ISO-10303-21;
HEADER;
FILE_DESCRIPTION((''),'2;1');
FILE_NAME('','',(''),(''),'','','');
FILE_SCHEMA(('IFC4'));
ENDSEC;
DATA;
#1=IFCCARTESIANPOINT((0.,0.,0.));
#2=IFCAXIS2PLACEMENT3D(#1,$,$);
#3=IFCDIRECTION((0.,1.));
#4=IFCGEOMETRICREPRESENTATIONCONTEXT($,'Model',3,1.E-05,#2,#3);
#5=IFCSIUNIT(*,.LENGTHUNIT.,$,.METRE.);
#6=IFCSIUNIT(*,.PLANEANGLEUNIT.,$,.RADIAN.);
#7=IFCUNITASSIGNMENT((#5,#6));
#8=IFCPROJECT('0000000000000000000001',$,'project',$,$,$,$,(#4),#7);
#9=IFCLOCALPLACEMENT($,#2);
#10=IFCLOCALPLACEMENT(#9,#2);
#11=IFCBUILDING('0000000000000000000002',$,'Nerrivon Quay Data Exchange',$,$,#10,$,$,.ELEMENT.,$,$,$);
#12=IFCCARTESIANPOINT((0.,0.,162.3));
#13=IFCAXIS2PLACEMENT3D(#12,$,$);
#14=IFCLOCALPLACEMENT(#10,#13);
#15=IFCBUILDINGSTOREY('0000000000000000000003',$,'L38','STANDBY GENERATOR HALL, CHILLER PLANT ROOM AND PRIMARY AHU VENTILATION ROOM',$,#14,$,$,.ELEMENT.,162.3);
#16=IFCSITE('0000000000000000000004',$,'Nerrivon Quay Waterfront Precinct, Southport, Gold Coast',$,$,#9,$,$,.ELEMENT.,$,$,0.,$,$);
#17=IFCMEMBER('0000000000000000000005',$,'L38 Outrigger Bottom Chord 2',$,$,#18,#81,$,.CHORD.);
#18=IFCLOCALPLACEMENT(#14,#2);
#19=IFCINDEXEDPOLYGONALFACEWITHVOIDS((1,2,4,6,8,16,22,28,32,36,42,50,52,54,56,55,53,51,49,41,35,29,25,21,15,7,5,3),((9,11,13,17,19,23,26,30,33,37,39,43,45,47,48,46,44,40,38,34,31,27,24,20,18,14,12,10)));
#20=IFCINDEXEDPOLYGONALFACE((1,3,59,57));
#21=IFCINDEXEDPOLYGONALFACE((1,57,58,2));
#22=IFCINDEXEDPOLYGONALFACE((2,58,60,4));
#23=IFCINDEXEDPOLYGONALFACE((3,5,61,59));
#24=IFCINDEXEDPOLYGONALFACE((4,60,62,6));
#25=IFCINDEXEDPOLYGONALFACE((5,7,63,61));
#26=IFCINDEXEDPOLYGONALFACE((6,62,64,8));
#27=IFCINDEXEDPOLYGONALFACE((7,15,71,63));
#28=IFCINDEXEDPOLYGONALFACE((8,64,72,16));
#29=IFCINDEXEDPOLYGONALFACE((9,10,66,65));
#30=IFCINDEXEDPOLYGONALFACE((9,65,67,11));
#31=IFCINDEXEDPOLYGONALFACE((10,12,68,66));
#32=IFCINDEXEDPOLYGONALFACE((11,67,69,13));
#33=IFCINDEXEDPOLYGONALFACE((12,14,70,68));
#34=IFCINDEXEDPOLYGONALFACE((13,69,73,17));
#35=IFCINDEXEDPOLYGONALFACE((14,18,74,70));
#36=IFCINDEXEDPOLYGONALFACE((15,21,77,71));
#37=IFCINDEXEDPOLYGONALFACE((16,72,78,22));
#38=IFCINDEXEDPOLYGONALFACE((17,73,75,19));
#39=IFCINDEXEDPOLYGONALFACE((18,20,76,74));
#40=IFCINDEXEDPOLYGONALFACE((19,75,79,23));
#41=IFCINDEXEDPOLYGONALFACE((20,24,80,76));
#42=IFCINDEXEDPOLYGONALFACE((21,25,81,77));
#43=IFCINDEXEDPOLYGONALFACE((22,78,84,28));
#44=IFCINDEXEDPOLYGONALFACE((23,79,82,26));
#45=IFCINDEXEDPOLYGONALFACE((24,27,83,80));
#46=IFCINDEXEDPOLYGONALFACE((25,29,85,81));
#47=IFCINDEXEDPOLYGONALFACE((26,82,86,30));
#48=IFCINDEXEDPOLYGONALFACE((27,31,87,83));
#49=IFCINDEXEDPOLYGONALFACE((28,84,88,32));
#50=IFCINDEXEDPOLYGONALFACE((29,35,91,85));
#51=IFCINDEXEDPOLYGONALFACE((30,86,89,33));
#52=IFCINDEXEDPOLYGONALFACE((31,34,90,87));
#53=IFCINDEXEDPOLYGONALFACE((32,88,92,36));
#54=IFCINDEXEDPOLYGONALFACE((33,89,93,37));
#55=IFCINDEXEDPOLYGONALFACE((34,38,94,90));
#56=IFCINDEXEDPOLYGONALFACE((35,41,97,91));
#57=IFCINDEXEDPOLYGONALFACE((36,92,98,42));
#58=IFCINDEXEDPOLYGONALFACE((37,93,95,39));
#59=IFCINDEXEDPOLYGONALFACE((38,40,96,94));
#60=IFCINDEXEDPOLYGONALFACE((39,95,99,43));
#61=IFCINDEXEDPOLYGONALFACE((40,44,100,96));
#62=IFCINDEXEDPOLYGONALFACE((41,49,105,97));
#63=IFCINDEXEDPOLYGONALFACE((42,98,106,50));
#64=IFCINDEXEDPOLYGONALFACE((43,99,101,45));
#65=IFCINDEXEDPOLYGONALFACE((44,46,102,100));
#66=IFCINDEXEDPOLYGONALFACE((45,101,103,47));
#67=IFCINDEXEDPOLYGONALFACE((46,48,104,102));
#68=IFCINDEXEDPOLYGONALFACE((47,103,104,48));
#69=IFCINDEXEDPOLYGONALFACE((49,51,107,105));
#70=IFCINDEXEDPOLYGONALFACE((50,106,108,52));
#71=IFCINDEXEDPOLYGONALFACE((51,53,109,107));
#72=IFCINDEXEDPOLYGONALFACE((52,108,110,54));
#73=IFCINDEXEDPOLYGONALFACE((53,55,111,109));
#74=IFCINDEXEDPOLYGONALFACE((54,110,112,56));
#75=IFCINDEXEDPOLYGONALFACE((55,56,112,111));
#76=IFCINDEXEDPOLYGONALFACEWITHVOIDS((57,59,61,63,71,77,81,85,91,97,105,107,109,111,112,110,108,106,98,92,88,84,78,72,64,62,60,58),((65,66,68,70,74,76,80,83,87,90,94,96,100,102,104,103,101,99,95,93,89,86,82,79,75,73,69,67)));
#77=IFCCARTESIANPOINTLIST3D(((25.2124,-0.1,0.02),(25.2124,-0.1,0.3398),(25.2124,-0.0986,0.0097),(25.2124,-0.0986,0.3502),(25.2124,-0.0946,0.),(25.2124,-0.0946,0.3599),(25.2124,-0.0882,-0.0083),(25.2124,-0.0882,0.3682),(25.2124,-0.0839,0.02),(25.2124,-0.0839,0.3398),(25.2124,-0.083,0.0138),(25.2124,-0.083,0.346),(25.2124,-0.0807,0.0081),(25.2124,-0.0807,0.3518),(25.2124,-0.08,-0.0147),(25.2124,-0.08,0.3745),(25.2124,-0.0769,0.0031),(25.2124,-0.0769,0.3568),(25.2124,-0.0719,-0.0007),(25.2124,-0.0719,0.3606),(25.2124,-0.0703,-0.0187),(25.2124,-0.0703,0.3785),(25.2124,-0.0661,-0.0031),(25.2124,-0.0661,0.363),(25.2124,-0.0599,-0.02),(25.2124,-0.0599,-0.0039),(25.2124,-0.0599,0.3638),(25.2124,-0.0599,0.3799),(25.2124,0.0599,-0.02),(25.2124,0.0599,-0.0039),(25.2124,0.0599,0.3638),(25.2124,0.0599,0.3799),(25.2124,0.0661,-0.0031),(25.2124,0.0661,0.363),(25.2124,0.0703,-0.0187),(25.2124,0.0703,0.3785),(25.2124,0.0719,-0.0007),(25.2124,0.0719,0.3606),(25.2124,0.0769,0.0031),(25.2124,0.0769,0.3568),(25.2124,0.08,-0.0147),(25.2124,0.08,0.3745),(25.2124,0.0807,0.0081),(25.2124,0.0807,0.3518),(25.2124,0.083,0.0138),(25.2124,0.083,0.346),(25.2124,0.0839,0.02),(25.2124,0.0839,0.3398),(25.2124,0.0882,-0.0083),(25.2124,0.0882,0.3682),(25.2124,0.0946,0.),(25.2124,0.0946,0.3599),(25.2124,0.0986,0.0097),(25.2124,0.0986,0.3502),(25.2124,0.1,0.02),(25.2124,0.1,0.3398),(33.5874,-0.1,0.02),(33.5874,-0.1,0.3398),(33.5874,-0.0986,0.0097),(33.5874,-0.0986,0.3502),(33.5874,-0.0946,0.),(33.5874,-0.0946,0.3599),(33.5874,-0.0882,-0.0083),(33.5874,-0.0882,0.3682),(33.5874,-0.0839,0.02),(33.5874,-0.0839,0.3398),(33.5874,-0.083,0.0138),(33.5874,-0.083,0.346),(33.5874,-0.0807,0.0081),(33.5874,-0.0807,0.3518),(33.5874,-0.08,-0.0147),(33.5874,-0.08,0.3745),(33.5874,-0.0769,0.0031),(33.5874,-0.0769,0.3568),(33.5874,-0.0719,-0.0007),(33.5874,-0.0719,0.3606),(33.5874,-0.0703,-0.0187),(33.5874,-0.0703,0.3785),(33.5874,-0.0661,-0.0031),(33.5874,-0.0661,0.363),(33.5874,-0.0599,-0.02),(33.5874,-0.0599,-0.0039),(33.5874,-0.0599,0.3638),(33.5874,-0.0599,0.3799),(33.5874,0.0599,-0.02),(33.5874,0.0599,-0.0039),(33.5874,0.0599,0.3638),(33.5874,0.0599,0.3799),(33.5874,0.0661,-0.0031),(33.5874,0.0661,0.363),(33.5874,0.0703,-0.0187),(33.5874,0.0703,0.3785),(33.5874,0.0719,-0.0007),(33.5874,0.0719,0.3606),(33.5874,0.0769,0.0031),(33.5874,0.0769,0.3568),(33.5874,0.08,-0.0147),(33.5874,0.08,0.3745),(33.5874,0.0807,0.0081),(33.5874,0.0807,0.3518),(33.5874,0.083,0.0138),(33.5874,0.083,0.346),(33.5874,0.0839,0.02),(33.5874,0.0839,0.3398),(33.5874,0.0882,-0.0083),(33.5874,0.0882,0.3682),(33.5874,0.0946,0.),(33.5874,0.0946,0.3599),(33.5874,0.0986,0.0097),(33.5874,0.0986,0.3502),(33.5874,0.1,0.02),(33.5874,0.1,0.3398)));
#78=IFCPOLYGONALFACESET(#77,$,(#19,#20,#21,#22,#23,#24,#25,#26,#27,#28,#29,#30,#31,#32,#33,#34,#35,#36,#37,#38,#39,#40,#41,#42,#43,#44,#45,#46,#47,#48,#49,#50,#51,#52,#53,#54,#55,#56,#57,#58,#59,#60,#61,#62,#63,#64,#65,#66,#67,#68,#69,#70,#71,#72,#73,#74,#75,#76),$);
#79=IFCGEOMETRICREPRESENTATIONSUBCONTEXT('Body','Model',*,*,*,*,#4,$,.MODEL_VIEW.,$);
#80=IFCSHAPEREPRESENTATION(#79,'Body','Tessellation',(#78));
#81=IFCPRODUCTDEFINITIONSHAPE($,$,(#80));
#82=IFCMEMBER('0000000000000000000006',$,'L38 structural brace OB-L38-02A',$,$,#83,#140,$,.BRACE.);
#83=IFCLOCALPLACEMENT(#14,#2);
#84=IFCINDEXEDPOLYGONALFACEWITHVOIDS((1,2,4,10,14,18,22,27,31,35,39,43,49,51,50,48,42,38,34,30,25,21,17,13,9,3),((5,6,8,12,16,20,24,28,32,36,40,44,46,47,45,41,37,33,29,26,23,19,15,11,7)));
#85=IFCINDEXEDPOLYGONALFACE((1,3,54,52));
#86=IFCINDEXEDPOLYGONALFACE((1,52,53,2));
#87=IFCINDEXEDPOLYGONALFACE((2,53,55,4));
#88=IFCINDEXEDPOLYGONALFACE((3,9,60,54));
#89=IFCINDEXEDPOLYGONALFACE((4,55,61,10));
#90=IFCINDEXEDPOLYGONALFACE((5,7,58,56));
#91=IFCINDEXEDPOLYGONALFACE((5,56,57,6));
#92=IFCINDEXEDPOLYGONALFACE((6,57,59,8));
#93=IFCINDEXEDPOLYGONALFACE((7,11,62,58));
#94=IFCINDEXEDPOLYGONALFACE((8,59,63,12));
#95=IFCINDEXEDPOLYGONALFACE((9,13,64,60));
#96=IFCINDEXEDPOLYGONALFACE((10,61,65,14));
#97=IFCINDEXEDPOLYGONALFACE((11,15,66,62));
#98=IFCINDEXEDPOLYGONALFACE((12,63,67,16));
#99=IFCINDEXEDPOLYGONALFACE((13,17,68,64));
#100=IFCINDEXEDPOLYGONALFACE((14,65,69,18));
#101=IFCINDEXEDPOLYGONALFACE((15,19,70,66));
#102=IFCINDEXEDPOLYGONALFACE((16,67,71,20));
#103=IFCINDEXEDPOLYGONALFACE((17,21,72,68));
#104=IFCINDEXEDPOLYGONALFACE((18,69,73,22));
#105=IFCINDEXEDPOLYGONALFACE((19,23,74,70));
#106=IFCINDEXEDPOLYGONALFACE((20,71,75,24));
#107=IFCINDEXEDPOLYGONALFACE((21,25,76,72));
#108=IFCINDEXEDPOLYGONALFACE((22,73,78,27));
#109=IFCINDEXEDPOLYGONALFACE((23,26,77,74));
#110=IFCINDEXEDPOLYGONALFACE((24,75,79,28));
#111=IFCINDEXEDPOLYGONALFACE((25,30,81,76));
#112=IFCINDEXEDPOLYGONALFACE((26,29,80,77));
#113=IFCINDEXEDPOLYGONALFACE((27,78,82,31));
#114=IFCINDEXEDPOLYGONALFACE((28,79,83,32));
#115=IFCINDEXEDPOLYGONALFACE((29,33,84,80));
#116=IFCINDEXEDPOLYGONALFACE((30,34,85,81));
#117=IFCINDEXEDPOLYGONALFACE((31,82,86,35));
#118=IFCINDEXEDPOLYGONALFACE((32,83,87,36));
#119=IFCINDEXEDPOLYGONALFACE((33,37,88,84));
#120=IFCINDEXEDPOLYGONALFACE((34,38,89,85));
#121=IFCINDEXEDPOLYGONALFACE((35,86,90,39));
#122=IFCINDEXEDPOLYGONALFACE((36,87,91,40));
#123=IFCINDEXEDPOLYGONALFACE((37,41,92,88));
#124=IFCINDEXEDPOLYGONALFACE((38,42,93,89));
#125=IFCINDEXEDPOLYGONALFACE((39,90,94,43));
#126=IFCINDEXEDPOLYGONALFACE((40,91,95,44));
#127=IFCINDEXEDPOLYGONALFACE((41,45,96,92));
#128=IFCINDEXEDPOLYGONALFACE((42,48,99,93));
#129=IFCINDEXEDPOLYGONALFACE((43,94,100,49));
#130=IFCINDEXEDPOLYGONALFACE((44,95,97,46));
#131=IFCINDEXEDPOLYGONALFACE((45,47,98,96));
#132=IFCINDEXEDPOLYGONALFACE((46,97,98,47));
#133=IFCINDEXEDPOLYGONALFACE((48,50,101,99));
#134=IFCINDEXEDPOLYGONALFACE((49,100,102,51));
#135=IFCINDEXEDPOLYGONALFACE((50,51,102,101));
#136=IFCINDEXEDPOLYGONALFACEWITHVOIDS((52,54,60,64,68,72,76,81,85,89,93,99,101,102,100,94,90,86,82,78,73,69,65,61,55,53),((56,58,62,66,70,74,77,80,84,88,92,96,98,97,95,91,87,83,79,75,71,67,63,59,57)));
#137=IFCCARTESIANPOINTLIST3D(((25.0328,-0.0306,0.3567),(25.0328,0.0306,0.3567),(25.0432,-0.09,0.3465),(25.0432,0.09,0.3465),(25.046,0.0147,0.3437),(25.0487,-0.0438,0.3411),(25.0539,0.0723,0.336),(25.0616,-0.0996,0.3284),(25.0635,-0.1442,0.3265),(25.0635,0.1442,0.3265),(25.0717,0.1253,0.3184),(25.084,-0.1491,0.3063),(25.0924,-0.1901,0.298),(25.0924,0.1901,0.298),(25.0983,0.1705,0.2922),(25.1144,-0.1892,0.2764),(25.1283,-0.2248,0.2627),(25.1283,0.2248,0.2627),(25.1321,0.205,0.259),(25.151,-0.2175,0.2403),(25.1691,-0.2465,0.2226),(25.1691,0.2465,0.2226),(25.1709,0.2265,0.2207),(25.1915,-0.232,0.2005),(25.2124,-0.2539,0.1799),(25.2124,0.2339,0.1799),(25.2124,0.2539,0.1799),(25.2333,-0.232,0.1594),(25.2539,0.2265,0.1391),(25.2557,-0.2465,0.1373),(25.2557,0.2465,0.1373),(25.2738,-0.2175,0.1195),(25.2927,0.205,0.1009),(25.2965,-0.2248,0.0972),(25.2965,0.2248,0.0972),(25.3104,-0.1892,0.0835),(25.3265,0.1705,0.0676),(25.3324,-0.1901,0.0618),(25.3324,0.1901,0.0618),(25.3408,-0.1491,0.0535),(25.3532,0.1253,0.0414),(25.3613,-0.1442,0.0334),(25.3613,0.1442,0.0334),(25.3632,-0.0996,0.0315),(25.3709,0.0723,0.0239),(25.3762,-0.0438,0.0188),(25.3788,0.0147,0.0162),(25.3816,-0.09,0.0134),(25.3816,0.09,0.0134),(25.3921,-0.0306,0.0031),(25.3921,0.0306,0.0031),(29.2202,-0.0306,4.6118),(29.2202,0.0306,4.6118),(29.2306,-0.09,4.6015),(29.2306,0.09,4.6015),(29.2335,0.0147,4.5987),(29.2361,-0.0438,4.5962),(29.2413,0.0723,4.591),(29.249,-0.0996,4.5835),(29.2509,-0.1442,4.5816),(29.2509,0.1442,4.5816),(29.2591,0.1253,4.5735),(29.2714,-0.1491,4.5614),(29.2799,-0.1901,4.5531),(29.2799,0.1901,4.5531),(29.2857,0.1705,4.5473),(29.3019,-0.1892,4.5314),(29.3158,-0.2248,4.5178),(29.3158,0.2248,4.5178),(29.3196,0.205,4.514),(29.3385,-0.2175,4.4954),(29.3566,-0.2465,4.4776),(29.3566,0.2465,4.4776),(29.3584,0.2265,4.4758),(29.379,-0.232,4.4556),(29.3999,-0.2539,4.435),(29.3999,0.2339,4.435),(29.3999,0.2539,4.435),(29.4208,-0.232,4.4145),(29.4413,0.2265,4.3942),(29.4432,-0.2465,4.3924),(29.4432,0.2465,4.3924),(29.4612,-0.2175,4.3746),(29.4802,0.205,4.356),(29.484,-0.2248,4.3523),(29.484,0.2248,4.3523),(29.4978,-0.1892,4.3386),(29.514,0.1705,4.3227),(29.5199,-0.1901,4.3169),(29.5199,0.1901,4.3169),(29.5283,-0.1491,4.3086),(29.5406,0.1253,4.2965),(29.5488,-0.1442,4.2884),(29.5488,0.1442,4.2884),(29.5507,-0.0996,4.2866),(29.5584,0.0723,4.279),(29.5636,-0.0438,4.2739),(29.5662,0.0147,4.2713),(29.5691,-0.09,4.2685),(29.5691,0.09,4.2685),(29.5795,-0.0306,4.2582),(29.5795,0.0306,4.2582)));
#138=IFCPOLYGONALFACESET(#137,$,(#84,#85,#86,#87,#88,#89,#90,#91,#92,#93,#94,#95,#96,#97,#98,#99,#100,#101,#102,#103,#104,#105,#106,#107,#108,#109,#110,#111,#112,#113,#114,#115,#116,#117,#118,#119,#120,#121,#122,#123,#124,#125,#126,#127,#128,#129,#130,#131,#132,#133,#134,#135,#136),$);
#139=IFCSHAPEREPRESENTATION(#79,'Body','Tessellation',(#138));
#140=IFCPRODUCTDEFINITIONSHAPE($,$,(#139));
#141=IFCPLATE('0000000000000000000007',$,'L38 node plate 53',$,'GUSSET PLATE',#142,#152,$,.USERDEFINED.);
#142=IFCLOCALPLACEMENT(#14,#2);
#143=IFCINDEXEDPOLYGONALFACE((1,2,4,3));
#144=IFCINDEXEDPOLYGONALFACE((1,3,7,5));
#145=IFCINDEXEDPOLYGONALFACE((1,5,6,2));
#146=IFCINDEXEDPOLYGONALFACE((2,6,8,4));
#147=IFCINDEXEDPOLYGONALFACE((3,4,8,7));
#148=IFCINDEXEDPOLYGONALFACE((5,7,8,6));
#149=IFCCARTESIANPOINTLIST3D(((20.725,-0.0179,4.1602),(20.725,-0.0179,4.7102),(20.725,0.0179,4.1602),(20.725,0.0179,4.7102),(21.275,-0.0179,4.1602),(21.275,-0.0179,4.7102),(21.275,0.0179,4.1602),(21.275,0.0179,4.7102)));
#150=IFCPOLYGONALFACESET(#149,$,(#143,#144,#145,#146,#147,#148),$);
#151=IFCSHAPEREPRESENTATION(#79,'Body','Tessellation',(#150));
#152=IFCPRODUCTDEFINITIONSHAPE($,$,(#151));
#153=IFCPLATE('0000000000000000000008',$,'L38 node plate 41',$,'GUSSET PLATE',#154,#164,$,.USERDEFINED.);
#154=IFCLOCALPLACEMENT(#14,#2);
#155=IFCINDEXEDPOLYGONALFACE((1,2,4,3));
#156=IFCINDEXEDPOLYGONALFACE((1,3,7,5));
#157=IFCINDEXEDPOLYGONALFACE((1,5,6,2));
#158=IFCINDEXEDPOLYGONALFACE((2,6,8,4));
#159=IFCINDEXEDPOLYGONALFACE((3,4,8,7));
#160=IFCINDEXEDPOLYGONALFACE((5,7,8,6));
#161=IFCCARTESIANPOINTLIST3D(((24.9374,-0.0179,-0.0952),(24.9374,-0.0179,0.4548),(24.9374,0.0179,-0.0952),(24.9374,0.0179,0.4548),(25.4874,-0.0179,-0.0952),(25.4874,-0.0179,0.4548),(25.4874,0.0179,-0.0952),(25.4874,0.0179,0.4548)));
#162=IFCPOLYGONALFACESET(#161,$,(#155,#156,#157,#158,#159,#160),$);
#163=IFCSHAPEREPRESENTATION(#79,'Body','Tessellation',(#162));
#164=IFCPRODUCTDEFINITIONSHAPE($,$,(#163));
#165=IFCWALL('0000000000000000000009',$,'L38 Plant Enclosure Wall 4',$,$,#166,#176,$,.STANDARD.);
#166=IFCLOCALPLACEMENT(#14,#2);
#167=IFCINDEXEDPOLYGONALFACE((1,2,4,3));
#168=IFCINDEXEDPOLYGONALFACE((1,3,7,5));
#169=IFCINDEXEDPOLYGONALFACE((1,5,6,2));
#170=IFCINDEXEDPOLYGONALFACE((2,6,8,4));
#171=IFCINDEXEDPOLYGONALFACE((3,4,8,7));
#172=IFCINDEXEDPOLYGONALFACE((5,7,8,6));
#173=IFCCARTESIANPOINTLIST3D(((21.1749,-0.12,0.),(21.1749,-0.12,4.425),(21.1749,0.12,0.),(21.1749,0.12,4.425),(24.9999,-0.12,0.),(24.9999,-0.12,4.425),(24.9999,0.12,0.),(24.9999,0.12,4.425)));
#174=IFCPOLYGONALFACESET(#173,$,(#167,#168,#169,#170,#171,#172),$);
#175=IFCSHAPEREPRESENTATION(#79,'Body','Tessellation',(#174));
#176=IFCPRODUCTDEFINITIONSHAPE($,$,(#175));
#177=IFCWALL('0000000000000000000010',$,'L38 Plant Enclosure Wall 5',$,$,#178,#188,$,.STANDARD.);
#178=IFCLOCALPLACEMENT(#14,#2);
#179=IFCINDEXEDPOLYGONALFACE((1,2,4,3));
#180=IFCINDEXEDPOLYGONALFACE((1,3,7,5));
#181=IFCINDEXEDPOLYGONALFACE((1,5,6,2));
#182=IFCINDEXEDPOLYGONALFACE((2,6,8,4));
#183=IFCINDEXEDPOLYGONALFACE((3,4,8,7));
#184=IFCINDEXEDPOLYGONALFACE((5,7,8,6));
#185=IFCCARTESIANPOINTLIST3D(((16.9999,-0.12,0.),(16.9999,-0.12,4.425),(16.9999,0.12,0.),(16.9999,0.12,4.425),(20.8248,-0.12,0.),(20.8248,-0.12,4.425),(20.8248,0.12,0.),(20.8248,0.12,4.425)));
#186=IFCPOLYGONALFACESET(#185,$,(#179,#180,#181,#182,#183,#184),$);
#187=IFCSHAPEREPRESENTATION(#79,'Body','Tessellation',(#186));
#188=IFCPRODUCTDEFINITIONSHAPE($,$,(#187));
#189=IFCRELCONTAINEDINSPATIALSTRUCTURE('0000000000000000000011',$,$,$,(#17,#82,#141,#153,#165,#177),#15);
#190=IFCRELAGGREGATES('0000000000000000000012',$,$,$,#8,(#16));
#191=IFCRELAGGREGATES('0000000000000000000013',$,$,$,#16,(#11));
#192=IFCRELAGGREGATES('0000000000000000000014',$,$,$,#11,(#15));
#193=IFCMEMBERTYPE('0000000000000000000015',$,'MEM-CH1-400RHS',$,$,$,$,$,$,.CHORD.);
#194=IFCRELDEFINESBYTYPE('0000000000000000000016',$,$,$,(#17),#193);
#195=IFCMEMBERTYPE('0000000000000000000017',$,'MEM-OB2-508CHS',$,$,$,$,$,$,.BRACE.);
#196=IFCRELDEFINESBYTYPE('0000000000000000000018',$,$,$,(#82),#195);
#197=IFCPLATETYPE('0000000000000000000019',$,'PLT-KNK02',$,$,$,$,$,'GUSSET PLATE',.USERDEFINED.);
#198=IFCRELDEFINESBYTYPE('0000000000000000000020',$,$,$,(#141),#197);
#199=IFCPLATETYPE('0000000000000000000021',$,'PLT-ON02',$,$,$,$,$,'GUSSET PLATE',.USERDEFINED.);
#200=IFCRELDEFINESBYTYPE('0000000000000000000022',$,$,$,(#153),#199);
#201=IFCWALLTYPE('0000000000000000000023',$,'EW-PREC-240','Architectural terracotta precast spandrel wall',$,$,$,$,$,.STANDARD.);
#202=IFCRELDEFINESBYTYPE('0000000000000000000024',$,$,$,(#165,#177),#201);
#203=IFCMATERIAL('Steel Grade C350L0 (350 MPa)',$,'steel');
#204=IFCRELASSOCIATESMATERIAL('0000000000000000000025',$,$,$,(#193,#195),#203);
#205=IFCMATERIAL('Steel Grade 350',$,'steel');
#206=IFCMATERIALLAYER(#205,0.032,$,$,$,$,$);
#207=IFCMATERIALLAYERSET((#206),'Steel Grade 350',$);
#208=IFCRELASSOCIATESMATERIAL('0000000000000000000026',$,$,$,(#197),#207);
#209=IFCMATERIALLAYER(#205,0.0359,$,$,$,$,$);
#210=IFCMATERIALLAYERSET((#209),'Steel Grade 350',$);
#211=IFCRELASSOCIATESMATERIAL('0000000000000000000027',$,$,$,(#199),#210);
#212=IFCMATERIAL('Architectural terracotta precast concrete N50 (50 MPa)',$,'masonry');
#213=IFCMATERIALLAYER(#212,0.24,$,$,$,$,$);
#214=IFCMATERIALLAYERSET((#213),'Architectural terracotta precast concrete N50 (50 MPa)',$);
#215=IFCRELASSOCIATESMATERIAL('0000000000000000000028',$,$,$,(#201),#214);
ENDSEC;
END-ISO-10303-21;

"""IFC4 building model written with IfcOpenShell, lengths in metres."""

from ifc_helpers import new_model, si_unit, direction, frame, frame_2d, origin, origin_2d, place, context, subcontext, project, spatial, rectangle, hollow_rectangle, hollow_circle, extrude, material, layer, layer_set, material_profile, profile_set, type_object, element, save


model = new_model("IFC4")

# Units and contexts
model_context = context("Model", 3, precision=1e-05, world=origin(), true_north=direction((0.0, 1.0)))
body_context = subcontext(model_context, "Body", "Model", "MODEL_VIEW")
ifc_project = project(units=[si_unit("LENGTHUNIT", "METRE"), si_unit("PLANEANGLEUNIT", "RADIAN")], contexts=[model_context])

# Site, building, storey
site_placement = place(None, origin())
site = spatial("IfcSite", under=ifc_project, at=site_placement, Name="Nerrivon Quay Waterfront Precinct, Southport, Gold Coast", CompositionType="ELEMENT", RefElevation=0.0)
building_placement = place(site_placement, origin())
building = spatial("IfcBuilding", under=site, at=building_placement, Name="Nerrivon Quay Data Exchange", CompositionType="ELEMENT")
storey_placement = place(building_placement, frame((0.0, 0.0, 162.3)))
storey = spatial("IfcBuildingStorey", under=building, at=storey_placement, Name="L38", Description="STANDBY GENERATOR HALL, CHILLER PLANT ROOM AND PRIMARY AHU VENTILATION ROOM", CompositionType="ELEMENT", Elevation=162.3)

# Shared definitions
ifc_material_1 = material(Name="Steel Grade 350", Category="steel")

# Shared definitions
ifc_material_2 = material(Name="Steel Grade C350L0 (350 MPa)", Category="steel")

# Members
ifc_material_profile_1 = material_profile(ifc_material_2, hollow_rectangle(XDim=0.2, YDim=0.3999, WallThickness=0.0161, InnerFilletRadius=0.0239, OuterFilletRadius=0.04, at=origin_2d()), Name="400x200x16.0RHS")
ifc_profile_set_1 = profile_set([ifc_material_profile_1], Name="Steel Grade C350L0 (350 MPa)")
member_type_1 = type_object("IfcMemberType", Name="MEM-CH1-400RHS", PredefinedType="CHORD", material=ifc_profile_set_1)
member_1_placement = place(storey_placement, frame((25.2124, 0.0, 0.1799), z_axis=(1.0, 0.0, 0.0), x_axis=(0.0, 1.0, 0.0)))
element("IfcMember", 1, at=member_1_placement, inside=storey, type_object=member_type_1, Name="L38 Outrigger Bottom Chord 2", PredefinedType="CHORD", context=body_context, shape_type="SweptSolid", body=[
    extrude(hollow_rectangle(XDim=0.2, YDim=0.3999, WallThickness=0.0161, InnerFilletRadius=0.0239, OuterFilletRadius=0.04, at=origin_2d()), origin(), (0.0, 0.0, 1.0), 8.375),
])
ifc_material_profile_2 = material_profile(ifc_material_2, hollow_circle(Radius=0.2539, WallThickness=0.02, at=origin_2d()), Name="508.0x20.0CHS")
ifc_profile_set_2 = profile_set([ifc_material_profile_2], Name="Steel Grade C350L0 (350 MPa)")
member_type_2 = type_object("IfcMemberType", Name="MEM-OB2-508CHS", PredefinedType="BRACE", material=ifc_profile_set_2)
member_2_placement = place(storey_placement, frame((25.2124, 0.0, 0.1799), z_axis=(0.70142, 0.0, 0.712748), x_axis=(0.0, 1.0, 0.0)))
element("IfcMember", 2, at=member_2_placement, inside=storey, type_object=member_type_2, Name="L38 structural brace OB-L38-02A", PredefinedType="BRACE", context=body_context, shape_type="SweptSolid", body=[
    extrude(hollow_circle(Radius=0.2539, WallThickness=0.02, at=origin_2d()), origin(), (0.0, 0.0, 1.0), 5.97),
])

# Plates
ifc_layer_1 = layer(ifc_material_1, 0.032)
ifc_layer_set_1 = layer_set([ifc_layer_1], Name="Steel Grade 350")
plate_type_1 = type_object("IfcPlateType", Name="PLT-KNK02", ElementType="GUSSET PLATE", PredefinedType="USERDEFINED", material=ifc_layer_set_1)
plate_1_placement = place(storey_placement, frame((21.0, 0.0, 4.1602), z_axis=(0.0, 0.0, 1.0), x_axis=(1.0, 0.0, 0.0)))
element("IfcPlate", 3, at=plate_1_placement, inside=storey, type_object=plate_type_1, Name="L38 node plate 53", ObjectType="GUSSET PLATE", PredefinedType="USERDEFINED", context=body_context, shape_type="SweptSolid", body=[
    extrude(rectangle(XDim=0.55, YDim=0.0359, at=origin_2d()), origin(), (0.0, 0.0, 1.0), 0.55),
])
ifc_layer_2 = layer(ifc_material_1, 0.0359)
ifc_layer_set_2 = layer_set([ifc_layer_2], Name="Steel Grade 350")
plate_type_2 = type_object("IfcPlateType", Name="PLT-ON02", ElementType="GUSSET PLATE", PredefinedType="USERDEFINED", material=ifc_layer_set_2)
plate_2_placement = place(storey_placement, frame((25.2124, 0.0, -0.0952), z_axis=(0.0, 0.0, 1.0), x_axis=(1.0, 0.0, 0.0)))
element("IfcPlate", 4, at=plate_2_placement, inside=storey, type_object=plate_type_2, Name="L38 node plate 41", ObjectType="GUSSET PLATE", PredefinedType="USERDEFINED", context=body_context, shape_type="SweptSolid", body=[
    extrude(rectangle(XDim=0.55, YDim=0.0359, at=origin_2d()), origin(), (0.0, 0.0, 1.0), 0.55),
])

# Walls
ifc_material_3 = material(Name="Architectural terracotta precast concrete N50 (50 MPa)", Category="masonry")
ifc_layer_3 = layer(ifc_material_3, 0.24)
ifc_layer_set_3 = layer_set([ifc_layer_3], Name="Architectural terracotta precast concrete N50 (50 MPa)")
wall_type_1 = type_object("IfcWallType", Name="EW-PREC-240", Description="Architectural terracotta precast spandrel wall", PredefinedType="STANDARD", material=ifc_layer_set_3)
for number, where, z_axis, x_axis, name in (
    (5, (25.0, 0.0, 0.0), (0.0, 0.0, 1.0), (-1.0, 0.0, 0.0), "L38 Plant Enclosure Wall 4"),
    (6, (20.825, 0.0, 0.0), (0.0, 0.0, 1.0), (-1.0, 0.0, 0.0), "L38 Plant Enclosure Wall 5"),
):
    element("IfcWall", number, at=place(storey_placement, frame(where, z_axis=z_axis, x_axis=x_axis)), inside=storey, type_object=wall_type_1, Name=name, PredefinedType="STANDARD", context=body_context, shape_type="SweptSolid", body=[
        extrude(rectangle(XDim=3.825, YDim=0.24, at=frame_2d((1.9126, 0.0))), origin(), (0.0, 0.0, 1.0), 4.425),
    ])

save(model, "model.ifc")
